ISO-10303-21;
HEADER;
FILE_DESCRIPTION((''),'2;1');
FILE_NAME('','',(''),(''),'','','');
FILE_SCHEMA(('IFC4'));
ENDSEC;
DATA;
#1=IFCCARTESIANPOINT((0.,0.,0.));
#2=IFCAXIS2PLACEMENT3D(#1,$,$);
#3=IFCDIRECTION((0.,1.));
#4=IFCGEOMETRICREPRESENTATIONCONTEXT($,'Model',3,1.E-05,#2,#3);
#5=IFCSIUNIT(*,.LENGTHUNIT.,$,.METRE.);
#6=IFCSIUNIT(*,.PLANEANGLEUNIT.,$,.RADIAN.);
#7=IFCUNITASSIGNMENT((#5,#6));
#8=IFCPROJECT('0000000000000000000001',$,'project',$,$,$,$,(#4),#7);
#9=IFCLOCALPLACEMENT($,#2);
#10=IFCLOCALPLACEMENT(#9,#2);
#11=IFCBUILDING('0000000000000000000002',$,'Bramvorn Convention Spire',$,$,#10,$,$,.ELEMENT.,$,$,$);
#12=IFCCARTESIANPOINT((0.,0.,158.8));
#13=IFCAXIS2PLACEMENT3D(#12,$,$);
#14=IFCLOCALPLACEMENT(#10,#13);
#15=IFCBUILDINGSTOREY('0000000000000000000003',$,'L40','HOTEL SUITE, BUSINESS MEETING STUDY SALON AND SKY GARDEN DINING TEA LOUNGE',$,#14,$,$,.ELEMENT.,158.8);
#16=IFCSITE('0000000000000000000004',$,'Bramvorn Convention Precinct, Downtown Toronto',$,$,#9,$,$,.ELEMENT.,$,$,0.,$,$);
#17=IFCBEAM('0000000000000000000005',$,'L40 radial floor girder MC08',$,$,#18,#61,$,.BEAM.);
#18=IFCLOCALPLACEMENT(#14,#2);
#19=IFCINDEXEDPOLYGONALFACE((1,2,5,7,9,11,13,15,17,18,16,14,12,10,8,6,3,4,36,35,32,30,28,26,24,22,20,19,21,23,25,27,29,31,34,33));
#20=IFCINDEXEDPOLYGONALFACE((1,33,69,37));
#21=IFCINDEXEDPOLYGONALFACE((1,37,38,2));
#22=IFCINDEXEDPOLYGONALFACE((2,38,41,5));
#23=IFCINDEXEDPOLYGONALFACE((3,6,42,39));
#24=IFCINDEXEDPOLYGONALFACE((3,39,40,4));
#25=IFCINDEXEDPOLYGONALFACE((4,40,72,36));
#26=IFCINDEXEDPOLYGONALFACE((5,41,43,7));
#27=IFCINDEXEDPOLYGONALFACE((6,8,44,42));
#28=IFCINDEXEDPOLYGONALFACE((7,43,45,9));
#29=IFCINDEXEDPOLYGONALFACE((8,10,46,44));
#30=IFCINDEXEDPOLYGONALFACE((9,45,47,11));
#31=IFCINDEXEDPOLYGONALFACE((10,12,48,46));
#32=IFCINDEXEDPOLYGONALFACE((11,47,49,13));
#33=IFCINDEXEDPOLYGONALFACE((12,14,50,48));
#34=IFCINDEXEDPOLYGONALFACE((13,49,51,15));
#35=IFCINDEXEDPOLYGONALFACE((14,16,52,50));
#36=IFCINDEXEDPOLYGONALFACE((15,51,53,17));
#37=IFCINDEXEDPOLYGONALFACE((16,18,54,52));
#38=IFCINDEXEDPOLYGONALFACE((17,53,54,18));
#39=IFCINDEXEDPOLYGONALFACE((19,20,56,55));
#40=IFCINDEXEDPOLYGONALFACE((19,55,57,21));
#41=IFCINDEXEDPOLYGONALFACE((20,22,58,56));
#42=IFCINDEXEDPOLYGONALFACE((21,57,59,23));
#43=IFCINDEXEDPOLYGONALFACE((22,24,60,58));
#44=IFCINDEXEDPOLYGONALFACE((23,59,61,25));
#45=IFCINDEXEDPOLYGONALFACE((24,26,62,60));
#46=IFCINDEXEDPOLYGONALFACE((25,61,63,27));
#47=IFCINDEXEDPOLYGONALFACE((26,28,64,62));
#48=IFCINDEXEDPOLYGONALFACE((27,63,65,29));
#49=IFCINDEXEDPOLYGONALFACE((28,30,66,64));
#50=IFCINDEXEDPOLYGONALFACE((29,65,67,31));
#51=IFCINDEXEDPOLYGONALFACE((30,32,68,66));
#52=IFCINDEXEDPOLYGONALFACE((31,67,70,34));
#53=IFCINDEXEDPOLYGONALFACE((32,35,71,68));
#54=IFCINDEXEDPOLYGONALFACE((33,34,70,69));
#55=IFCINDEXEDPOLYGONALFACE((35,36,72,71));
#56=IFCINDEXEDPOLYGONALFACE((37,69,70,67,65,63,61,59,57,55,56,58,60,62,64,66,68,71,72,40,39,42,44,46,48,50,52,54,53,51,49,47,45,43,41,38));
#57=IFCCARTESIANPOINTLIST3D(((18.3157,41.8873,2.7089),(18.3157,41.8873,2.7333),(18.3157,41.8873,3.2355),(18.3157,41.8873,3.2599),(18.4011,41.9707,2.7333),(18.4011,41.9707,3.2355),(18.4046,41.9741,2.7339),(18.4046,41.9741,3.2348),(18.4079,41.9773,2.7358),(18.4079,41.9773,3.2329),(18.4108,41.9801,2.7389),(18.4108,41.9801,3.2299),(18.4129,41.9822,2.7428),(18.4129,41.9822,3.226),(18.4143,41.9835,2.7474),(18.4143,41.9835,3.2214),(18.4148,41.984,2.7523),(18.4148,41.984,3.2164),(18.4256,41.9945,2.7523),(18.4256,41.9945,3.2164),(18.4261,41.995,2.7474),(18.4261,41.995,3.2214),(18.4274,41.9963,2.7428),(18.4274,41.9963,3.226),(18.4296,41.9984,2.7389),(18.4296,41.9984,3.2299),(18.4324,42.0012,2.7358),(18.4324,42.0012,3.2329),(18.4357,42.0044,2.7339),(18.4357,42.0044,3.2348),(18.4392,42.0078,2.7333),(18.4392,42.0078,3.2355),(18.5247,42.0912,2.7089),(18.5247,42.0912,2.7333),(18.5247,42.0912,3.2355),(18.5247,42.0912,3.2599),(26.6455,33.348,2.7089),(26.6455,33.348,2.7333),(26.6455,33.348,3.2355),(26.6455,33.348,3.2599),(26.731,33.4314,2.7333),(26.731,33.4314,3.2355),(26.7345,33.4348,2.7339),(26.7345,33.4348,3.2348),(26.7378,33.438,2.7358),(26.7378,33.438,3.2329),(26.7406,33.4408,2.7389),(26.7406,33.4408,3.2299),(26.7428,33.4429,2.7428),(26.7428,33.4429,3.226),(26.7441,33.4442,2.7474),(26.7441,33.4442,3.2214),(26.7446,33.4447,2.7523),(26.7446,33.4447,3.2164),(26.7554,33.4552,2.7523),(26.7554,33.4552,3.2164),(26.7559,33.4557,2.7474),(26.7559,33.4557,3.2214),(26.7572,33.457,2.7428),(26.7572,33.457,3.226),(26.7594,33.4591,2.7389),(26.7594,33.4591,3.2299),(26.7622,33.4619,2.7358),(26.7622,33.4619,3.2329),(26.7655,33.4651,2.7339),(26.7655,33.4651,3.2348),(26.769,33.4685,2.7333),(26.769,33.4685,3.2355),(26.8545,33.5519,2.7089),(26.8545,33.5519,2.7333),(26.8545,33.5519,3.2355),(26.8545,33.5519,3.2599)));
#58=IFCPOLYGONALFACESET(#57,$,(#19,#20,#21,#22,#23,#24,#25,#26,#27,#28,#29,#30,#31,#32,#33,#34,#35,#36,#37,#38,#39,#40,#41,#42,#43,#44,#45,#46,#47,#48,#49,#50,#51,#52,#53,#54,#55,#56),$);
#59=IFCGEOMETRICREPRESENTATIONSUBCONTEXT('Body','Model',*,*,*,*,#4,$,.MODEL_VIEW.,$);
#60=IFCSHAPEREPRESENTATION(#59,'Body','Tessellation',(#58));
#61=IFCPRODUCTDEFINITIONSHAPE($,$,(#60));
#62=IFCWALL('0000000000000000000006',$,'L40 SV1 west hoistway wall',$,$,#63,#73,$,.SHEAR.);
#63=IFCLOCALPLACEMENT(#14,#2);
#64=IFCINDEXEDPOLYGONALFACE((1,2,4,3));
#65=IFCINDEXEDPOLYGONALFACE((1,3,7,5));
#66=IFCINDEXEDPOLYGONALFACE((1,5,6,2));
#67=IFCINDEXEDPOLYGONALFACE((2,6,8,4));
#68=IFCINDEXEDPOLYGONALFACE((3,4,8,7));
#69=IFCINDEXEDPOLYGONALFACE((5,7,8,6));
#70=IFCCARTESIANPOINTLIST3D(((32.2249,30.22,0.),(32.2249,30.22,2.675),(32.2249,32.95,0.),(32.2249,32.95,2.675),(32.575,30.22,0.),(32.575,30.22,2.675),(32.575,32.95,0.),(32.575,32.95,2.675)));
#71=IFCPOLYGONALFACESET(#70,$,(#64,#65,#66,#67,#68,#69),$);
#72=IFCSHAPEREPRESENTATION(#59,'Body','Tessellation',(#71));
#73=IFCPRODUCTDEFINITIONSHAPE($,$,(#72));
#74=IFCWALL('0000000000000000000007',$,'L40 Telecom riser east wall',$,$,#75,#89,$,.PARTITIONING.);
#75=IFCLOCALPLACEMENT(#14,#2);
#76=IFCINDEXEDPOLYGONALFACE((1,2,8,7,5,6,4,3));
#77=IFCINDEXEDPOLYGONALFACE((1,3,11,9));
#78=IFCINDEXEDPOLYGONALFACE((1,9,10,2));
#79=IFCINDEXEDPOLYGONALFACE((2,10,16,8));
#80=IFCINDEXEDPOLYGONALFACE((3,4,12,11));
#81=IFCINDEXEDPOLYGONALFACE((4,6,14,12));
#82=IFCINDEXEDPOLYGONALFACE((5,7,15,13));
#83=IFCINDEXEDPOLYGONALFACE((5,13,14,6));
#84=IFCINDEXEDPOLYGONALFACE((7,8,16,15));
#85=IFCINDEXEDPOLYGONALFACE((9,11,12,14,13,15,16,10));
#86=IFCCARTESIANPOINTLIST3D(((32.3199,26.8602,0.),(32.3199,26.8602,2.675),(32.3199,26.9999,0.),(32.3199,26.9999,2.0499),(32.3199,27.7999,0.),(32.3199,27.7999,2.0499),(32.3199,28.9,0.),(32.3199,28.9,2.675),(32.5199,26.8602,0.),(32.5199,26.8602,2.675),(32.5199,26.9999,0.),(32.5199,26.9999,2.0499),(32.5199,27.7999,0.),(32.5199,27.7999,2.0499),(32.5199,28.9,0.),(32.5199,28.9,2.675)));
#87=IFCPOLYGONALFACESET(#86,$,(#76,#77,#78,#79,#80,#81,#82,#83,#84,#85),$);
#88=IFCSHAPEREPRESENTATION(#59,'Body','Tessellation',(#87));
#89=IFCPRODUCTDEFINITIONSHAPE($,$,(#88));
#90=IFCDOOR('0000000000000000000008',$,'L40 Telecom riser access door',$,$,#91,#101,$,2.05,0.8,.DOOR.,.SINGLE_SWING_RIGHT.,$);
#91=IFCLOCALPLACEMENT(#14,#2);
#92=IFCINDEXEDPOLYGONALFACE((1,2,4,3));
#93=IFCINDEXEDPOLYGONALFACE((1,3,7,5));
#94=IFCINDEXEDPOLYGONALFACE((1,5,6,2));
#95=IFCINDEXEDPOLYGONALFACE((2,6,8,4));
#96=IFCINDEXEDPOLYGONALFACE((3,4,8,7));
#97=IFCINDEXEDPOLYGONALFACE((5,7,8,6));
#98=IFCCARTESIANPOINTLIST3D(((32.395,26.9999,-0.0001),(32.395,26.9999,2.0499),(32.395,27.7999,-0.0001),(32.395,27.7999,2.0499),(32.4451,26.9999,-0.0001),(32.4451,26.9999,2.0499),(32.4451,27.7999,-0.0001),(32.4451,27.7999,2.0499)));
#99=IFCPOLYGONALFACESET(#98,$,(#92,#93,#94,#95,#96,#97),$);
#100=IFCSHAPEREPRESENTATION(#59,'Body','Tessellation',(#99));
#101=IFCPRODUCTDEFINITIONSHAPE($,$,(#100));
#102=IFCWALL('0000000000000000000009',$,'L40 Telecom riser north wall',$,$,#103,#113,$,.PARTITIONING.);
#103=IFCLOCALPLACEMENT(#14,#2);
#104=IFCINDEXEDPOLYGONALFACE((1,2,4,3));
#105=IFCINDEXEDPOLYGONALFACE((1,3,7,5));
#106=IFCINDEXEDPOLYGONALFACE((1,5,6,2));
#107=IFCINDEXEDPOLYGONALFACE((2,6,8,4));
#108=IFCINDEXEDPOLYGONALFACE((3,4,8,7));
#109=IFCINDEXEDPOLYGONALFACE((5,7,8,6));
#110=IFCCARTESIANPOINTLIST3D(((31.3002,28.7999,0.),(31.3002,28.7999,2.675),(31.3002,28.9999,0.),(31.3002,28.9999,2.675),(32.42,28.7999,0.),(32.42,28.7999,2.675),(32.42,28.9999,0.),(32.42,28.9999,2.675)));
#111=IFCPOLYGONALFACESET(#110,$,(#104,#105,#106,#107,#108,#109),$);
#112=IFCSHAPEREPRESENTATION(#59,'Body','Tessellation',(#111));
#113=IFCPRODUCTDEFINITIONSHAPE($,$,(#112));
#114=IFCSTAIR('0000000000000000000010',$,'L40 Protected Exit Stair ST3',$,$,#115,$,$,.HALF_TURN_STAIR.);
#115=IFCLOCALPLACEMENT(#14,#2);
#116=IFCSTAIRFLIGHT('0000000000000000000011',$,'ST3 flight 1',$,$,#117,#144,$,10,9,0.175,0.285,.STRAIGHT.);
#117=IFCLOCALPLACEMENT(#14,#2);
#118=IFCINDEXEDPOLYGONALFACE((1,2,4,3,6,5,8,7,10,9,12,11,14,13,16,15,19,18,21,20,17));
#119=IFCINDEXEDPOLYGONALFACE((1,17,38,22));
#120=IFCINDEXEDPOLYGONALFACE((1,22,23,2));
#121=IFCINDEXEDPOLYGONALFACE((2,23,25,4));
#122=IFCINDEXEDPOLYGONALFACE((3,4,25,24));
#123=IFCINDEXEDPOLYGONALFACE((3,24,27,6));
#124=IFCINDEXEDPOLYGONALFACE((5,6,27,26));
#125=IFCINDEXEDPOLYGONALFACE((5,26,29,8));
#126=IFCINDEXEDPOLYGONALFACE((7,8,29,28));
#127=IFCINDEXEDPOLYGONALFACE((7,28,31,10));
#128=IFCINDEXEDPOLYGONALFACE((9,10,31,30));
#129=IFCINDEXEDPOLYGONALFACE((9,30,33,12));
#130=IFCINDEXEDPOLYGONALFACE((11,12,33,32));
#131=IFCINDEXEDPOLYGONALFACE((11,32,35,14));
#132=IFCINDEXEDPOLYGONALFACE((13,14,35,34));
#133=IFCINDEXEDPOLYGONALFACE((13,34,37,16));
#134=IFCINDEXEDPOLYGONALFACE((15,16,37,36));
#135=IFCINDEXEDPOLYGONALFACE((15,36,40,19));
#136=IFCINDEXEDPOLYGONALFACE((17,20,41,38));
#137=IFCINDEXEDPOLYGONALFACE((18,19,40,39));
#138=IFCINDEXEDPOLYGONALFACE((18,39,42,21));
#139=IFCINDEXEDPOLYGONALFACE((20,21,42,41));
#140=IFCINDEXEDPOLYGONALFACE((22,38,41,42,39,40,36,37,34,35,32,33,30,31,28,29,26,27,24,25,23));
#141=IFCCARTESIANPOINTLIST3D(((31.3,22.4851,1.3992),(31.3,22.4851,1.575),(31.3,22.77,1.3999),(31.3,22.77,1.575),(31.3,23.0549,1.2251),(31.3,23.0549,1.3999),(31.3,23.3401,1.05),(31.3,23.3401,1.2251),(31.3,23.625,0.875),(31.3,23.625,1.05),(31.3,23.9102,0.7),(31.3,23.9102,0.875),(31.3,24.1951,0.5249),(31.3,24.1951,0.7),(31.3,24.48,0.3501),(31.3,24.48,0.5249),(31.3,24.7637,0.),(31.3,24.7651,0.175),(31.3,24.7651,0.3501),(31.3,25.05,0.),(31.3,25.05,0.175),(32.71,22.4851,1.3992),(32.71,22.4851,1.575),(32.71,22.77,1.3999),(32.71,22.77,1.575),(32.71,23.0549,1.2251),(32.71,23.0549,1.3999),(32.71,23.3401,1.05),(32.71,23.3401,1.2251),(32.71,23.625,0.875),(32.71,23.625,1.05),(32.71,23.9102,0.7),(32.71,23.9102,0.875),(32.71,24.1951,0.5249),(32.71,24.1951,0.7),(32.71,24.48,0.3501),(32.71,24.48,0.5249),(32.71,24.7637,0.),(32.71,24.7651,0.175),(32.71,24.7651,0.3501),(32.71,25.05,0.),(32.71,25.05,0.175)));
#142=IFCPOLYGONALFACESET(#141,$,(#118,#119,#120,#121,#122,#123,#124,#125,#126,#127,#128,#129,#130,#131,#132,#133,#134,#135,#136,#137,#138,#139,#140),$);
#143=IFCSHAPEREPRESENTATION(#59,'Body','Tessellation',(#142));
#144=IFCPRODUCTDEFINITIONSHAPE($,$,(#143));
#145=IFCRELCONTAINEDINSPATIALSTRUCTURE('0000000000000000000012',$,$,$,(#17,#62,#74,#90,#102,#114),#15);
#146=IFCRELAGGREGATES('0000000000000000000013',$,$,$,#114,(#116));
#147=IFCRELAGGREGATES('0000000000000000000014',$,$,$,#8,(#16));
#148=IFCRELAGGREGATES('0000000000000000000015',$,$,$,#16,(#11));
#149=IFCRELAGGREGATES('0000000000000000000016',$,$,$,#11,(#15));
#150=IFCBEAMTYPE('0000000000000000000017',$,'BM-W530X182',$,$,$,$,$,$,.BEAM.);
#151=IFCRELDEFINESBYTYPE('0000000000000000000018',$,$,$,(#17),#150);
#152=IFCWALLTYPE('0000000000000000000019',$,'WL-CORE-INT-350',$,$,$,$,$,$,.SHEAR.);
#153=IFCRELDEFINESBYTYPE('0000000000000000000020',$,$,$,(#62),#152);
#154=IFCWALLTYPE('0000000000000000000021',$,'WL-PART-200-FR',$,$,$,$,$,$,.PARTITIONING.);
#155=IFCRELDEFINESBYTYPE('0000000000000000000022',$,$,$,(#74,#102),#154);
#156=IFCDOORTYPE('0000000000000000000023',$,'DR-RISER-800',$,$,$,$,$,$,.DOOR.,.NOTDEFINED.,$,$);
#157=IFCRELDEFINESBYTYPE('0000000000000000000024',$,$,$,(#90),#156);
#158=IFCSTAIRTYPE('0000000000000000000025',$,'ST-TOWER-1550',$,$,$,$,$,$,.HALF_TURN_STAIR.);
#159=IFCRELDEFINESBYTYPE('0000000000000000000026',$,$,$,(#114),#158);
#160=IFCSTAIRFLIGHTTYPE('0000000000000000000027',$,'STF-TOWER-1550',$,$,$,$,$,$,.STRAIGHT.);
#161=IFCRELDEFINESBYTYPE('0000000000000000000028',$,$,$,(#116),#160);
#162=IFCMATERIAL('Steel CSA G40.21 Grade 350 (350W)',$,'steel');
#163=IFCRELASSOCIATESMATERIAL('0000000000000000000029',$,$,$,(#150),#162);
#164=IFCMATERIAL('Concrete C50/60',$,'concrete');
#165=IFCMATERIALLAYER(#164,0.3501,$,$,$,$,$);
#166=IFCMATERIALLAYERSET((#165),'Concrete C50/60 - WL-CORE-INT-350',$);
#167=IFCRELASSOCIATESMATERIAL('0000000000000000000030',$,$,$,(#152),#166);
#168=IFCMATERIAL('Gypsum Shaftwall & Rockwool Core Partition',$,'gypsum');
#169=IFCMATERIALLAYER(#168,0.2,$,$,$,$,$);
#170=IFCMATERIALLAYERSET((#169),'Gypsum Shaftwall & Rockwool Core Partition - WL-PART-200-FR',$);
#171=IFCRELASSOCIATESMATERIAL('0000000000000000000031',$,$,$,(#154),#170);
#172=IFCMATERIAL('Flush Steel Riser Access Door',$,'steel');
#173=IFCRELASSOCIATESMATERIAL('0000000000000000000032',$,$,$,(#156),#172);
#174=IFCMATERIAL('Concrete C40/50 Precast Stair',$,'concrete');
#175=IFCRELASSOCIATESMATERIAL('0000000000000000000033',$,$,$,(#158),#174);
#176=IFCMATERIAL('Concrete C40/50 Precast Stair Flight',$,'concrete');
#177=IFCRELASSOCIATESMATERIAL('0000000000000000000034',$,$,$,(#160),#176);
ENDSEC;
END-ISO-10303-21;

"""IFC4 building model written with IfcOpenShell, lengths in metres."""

from ifc_helpers import new_model, si_unit, direction, frame, frame_2d, origin, origin_2d, place, context, subcontext, project, spatial, polyline, rectangle, i_section, outline, extrude, material, layer, layer_set, material_profile, profile_set, type_object, element, fill, aggregate, save


model = new_model("IFC4")

# Units and contexts
model_context = context("Model", 3, precision=1e-05, world=origin(), true_north=direction((0.0, 1.0)))
body_context = subcontext(model_context, "Body", "Model", "MODEL_VIEW")
ifc_project = project(units=[si_unit("LENGTHUNIT", "METRE"), si_unit("PLANEANGLEUNIT", "RADIAN")], contexts=[model_context])

# Site, building, storey
site_placement = place(None, origin())
site = spatial("IfcSite", under=ifc_project, at=site_placement, Name="Bramvorn Convention Precinct, Downtown Toronto", CompositionType="ELEMENT", RefElevation=0.0)
building_placement = place(site_placement, origin())
building = spatial("IfcBuilding", under=site, at=building_placement, Name="Bramvorn Convention Spire", CompositionType="ELEMENT")
storey_placement = place(building_placement, frame((0.0, 0.0, 158.8)))
storey = spatial("IfcBuildingStorey", under=building, at=storey_placement, Name="L40", Description="HOTEL SUITE, BUSINESS MEETING STUDY SALON AND SKY GARDEN DINING TEA LOUNGE", CompositionType="ELEMENT", Elevation=158.8)

# Beam
ifc_material_1 = material(Name="Steel CSA G40.21 Grade 350 (350W)", Category="steel")
ifc_material_profile = material_profile(ifc_material_1, i_section(OverallWidth=0.292, OverallDepth=0.551, WebThickness=0.0151, FlangeThickness=0.0244, FilletRadius=0.019, at=origin_2d()))
ifc_profile_set = profile_set([ifc_material_profile], Name="Steel CSA G40.21 Grade 350 (350W) - W530X182")
beam_type = type_object("IfcBeamType", Name="BM-W530X182", PredefinedType="BEAM", material=ifc_profile_set)
beam_placement = place(storey_placement, frame((26.75, 33.45, 2.9844), z_axis=(-0.698272, 0.715832, 0.0), x_axis=(-0.715832, -0.698272, 0.0)))
element("IfcBeam", 1, at=beam_placement, inside=storey, type_object=beam_type, Name="L40 radial floor girder MC08", PredefinedType="BEAM", context=body_context, shape_type="SweptSolid", body=[
    extrude(i_section(OverallWidth=0.292, OverallDepth=0.551, WebThickness=0.0151, FlangeThickness=0.0244, FilletRadius=0.019, at=origin_2d()), origin(), (0.0, 0.0, 1.0), 11.9292),
])

# Shared definitions
ifc_material_2 = material(Name="Concrete C50/60", Category="concrete")
ifc_layer_1 = layer(ifc_material_2, 0.3501)
ifc_layer_set_1 = layer_set([ifc_layer_1], Name="Concrete C50/60 - WL-CORE-INT-350")
wall_type_1 = type_object("IfcWallType", Name="WL-CORE-INT-350", PredefinedType="SHEAR", material=ifc_layer_set_1)

# Wall
wall_1_placement = place(storey_placement, frame((32.3999, 30.22, 0.0), z_axis=(0.0, 0.0, 1.0), x_axis=(0.0, 1.0, 0.0)))
element("IfcWall", 2, at=wall_1_placement, inside=storey, type_object=wall_type_1, Name="L40 SV1 west hoistway wall", PredefinedType="SHEAR", context=body_context, shape_type="SweptSolid", body=[
    extrude(rectangle(XDim=2.73, YDim=0.3501, at=frame_2d((1.365, 0.0))), origin(), (0.0, 0.0, 1.0), 2.675),
])

# Wall, opening, door
ifc_material_3 = material(Name="Gypsum Shaftwall & Rockwool Core Partition", Category="gypsum")
ifc_layer_2 = layer(ifc_material_3, 0.2)
ifc_layer_set_2 = layer_set([ifc_layer_2], Name="Gypsum Shaftwall & Rockwool Core Partition - WL-PART-200-FR")
wall_type_2 = type_object("IfcWallType", Name="WL-PART-200-FR", PredefinedType="PARTITIONING", material=ifc_layer_set_2)
wall_2_placement = place(storey_placement, frame((32.4199, 26.8601, 0.0), z_axis=(0.0, 0.0, 1.0), x_axis=(0.0, 1.0, 0.0)))
wall_2 = element("IfcWall", 3, at=wall_2_placement, inside=storey, type_object=wall_type_2, Name="L40 Telecom riser east wall", PredefinedType="PARTITIONING", context=body_context, shape_type="SweptSolid", body=[
    extrude(rectangle(XDim=2.0398, YDim=0.2, at=frame_2d((1.02, 0.0))), origin(), (0.0, 0.0, 1.0), 2.675),
])
opening_1_placement = place(wall_2_placement, frame((0.1399, 0.0, 0.0)))
opening_1 = element("IfcOpeningElement", 4, at=opening_1_placement, cuts=wall_2, PredefinedType="OPENING", context=body_context, shape_type="SweptSolid", body=[
    extrude(rectangle(XDim=0.8, YDim=2.05, at=frame_2d((0.3999, 1.0249))), frame((0.0, 0.1099, 0.0), z_axis=(0.0, -1.0, 0.0), x_axis=(1.0, 0.0, 0.0)), (0.0, 0.0, 1.0), 0.22),
])
ifc_material_4 = material(Name="Flush Steel Riser Access Door", Category="steel")
door_type_1 = type_object("IfcDoorType", Name="DR-RISER-800", OperationType="NOTDEFINED", PredefinedType="DOOR", material=ifc_material_4)
door_1_placement = place(opening_1_placement, origin())
door_1 = element("IfcDoor", 5, at=door_1_placement, inside=storey, type_object=door_type_1, Name="L40 Telecom riser access door", OperationType="SINGLE_SWING_RIGHT", OverallHeight=2.05, OverallWidth=0.8, PredefinedType="DOOR", context=body_context, shape_type="SweptSolid", body=[
    extrude(rectangle(XDim=0.8, YDim=2.05, at=frame_2d((0.3999, 1.0249))), frame((0.0, 0.0249, 0.0), z_axis=(0.0, -1.0, 0.0), x_axis=(1.0, 0.0, 0.0)), (0.0, 0.0, 1.0), 0.05),
])
fill(opening_1, door_1)

# Wall
wall_3_placement = place(storey_placement, frame((31.3, 28.8999, 0.0), z_axis=(0.0, 0.0, 1.0), x_axis=(1.0, 0.0, 0.0)))
element("IfcWall", 6, at=wall_3_placement, inside=storey, type_object=wall_type_2, Name="L40 Telecom riser north wall", PredefinedType="PARTITIONING", context=body_context, shape_type="SweptSolid", body=[
    extrude(rectangle(XDim=1.1199, YDim=0.2, at=frame_2d((0.5601, 0.0))), origin(), (0.0, 0.0, 1.0), 2.675),
])

# Stair, stair flight
ifc_material_5 = material(Name="Concrete C40/50 Precast Stair", Category="concrete")
stair_type = type_object("IfcStairType", Name="ST-TOWER-1550", PredefinedType="HALF_TURN_STAIR", material=ifc_material_5)
stair_placement = place(storey_placement, origin())
stair = element("IfcStair", 7, at=stair_placement, inside=storey, type_object=stair_type, Name="L40 Protected Exit Stair ST3", PredefinedType="HALF_TURN_STAIR")
ifc_material_6 = material(Name="Concrete C40/50 Precast Stair Flight", Category="concrete")
stair_flight_type = type_object("IfcStairFlightType", Name="STF-TOWER-1550", PredefinedType="STRAIGHT", material=ifc_material_6)
stair_flight_placement = place(storey_placement, frame((32.0049, 25.05, 0.0), z_axis=(0.0, 0.0, 1.0), x_axis=(0.0, -1.0, 0.0)))
stair_flight = element("IfcStairFlight", 8, at=stair_flight_placement, type_object=stair_flight_type, Name="ST3 flight 1", NumberOfRisers=10, NumberOfTreads=9, PredefinedType="STRAIGHT", RiserHeight=0.175, TreadLength=0.285, context=body_context, shape_type="SweptSolid", body=[
    extrude(outline(polyline([(0.0, 0.0), (0.0, 0.175), (0.2849, 0.175), (0.2849, 0.3501), (0.5701, 0.3501), (0.5701, 0.5249), (0.855, 0.5249), (0.855, 0.7), (1.1399, 0.7), (1.1399, 0.875), (1.425, 0.875), (1.425, 1.05), (1.71, 1.05), (1.71, 1.2251), (1.9951, 1.2251), (1.9951, 1.3999), (2.28, 1.3999), (2.28, 1.575), (2.5649, 1.575), (2.5649, 1.75), (2.5649, 1.3992), (0.2864, 0.0), (0.0, 0.0)])), frame((0.0, 0.7051, 0.0), z_axis=(0.0, -1.0, 0.0), x_axis=(1.0, 0.0, 0.0)), (0.0, 0.0, 1.0), 1.4099),
])
aggregate(stair, [stair_flight])

save(model, "model.ifc")
